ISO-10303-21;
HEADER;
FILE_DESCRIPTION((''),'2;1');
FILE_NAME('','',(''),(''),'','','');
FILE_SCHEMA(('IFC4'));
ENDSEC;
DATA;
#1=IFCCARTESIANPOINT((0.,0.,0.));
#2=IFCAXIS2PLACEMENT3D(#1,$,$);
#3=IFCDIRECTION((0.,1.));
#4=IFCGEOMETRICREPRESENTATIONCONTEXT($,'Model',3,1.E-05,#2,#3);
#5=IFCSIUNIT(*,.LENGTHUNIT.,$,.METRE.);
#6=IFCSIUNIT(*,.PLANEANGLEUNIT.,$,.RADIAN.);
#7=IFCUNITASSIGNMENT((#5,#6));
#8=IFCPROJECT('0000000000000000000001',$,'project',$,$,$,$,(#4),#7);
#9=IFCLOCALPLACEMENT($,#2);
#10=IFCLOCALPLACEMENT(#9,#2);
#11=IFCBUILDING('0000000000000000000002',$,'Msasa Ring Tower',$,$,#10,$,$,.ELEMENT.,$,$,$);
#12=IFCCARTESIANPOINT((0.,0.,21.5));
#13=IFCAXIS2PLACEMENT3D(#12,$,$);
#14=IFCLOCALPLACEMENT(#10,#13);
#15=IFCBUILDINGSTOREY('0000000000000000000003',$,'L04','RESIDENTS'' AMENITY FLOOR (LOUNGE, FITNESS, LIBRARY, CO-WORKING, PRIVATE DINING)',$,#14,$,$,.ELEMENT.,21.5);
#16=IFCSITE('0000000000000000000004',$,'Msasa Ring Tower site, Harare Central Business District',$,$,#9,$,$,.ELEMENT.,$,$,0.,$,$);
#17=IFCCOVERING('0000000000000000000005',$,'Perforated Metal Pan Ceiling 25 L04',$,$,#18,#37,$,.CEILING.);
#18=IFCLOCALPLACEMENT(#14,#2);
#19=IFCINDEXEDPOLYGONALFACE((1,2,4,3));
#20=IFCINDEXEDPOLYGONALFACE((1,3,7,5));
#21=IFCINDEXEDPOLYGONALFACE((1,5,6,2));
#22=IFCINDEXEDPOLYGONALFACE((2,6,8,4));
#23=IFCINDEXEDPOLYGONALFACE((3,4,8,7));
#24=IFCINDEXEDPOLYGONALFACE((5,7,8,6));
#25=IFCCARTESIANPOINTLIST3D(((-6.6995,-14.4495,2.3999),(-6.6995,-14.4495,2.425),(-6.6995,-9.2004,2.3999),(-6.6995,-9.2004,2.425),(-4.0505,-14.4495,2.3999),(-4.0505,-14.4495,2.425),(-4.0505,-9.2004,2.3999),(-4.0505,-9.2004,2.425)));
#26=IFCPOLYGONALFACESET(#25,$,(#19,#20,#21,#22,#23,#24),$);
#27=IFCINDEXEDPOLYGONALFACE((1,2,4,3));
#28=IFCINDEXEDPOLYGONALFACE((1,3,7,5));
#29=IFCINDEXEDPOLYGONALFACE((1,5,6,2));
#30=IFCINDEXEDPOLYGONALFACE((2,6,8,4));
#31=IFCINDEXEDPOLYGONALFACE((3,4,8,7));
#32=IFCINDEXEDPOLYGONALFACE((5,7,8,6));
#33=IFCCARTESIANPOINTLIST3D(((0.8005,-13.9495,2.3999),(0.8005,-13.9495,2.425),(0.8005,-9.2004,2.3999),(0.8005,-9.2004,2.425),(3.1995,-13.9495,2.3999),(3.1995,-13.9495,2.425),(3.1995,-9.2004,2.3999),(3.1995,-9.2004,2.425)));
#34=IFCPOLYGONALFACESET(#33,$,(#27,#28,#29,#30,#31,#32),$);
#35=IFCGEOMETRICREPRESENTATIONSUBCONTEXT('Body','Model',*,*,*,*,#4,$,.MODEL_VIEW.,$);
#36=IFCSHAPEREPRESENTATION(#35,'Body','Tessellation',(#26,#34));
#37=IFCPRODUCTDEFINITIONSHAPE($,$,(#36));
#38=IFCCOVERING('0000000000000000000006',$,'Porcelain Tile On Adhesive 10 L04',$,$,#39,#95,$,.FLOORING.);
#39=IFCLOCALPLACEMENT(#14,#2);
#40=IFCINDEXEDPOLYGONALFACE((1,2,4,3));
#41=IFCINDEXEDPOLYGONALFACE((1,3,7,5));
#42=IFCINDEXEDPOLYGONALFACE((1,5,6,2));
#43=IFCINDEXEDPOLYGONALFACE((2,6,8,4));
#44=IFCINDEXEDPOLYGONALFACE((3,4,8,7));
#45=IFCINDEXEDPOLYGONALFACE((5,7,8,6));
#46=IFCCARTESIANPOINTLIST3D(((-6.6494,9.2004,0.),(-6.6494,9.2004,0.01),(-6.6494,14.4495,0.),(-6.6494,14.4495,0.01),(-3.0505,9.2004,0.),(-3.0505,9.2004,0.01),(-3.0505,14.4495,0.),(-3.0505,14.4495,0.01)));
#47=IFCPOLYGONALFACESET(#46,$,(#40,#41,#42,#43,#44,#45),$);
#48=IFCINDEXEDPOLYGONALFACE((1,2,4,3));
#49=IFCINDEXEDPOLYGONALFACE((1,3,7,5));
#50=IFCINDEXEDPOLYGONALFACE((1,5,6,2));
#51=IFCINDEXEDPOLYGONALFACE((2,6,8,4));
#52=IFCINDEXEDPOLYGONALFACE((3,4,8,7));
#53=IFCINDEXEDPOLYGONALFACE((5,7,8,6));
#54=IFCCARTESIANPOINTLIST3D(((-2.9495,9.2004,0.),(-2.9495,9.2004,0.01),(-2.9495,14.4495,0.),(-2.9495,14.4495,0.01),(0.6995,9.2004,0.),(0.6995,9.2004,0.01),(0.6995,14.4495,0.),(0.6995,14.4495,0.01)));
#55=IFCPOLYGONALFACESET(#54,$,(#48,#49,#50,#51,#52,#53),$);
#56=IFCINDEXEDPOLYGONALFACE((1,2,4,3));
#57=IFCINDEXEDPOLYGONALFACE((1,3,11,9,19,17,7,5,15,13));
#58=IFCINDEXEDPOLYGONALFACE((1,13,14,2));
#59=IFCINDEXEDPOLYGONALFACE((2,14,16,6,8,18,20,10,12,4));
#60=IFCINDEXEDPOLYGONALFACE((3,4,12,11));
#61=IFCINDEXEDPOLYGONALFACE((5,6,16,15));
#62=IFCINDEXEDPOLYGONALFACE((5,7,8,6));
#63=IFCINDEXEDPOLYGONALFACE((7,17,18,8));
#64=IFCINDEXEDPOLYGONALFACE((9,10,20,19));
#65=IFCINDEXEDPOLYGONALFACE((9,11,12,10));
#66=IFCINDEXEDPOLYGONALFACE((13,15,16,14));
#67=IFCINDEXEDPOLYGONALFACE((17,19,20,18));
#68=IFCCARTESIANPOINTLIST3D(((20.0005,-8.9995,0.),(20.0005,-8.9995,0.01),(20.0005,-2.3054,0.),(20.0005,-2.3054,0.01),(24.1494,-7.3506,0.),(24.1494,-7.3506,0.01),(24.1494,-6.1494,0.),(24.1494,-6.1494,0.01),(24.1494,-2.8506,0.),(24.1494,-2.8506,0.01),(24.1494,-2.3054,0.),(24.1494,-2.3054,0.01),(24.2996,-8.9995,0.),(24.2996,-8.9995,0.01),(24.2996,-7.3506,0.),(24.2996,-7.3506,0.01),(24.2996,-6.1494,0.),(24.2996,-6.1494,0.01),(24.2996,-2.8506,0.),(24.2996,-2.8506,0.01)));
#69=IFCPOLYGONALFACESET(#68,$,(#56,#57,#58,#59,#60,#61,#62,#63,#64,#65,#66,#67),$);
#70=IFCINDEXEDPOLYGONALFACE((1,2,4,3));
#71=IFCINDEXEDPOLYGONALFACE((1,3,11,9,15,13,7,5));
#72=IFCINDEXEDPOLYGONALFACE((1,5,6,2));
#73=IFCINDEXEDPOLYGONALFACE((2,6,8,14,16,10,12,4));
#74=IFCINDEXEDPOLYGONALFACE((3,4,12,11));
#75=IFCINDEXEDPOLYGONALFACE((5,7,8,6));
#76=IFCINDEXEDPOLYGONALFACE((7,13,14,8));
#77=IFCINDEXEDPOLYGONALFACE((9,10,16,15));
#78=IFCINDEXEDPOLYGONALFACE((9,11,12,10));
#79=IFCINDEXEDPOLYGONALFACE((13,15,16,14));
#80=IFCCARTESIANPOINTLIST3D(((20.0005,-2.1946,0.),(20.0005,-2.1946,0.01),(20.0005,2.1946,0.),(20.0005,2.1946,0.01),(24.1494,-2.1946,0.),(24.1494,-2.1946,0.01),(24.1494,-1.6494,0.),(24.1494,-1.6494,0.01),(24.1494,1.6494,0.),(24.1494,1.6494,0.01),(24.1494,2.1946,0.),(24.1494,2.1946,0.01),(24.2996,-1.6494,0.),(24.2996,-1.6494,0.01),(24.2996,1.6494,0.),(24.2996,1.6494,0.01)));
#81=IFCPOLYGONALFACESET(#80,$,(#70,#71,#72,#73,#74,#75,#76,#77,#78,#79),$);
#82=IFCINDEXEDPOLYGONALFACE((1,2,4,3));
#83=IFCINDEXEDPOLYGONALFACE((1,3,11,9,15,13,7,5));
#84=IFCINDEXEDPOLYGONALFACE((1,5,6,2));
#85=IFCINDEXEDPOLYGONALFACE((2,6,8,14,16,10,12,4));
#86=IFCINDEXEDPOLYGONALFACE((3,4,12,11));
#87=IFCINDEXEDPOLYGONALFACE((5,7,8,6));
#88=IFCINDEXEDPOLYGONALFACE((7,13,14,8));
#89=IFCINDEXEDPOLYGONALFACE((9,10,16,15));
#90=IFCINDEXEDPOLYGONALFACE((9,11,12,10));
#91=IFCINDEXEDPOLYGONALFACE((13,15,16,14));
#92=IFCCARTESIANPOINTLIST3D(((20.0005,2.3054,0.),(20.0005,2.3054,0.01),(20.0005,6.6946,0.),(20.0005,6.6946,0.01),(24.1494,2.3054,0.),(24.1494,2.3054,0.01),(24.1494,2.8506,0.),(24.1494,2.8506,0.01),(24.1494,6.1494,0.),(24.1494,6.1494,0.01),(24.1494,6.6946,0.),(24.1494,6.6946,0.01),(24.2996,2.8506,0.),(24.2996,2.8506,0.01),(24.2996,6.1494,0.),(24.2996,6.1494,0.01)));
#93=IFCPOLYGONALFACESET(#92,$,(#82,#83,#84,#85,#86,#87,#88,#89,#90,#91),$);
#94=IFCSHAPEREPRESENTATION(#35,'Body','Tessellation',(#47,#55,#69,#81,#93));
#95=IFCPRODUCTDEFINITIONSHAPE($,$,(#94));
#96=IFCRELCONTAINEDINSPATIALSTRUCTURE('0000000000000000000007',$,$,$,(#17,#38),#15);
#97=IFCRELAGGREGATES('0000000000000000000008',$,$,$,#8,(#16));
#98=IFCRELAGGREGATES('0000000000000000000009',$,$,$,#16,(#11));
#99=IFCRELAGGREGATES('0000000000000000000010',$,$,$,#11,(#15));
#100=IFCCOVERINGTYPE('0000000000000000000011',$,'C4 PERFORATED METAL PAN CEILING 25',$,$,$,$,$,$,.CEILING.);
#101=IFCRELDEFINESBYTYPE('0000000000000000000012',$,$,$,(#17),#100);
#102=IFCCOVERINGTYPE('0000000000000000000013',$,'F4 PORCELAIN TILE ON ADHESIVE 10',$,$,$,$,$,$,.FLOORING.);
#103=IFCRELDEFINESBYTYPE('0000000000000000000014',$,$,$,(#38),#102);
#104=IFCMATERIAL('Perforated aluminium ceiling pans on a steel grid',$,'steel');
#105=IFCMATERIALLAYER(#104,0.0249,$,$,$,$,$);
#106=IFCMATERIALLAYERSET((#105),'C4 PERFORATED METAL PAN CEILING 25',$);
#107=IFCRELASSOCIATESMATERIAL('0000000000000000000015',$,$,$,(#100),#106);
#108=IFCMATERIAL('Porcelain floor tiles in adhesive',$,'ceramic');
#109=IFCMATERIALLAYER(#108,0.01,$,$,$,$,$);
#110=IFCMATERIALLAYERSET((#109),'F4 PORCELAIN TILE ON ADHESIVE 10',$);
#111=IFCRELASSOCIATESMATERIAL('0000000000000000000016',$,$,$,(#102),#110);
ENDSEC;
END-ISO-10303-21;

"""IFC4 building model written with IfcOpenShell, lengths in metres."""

from ifc_helpers import new_model, si_unit, direction, frame, origin, place, context, subcontext, project, spatial, line, indexed_curve, outline, extrude, material, layer, layer_set, type_object, element, save


model = new_model("IFC4")

# Units and contexts
model_context = context("Model", 3, precision=1e-05, world=origin(), true_north=direction((0.0, 1.0)))
body_context = subcontext(model_context, "Body", "Model", "MODEL_VIEW")
ifc_project = project(units=[si_unit("LENGTHUNIT", "METRE"), si_unit("PLANEANGLEUNIT", "RADIAN")], contexts=[model_context])

# Site, building, storey
site_placement = place(None, origin())
site = spatial("IfcSite", under=ifc_project, at=site_placement, Name="Msasa Ring Tower site, Harare Central Business District", CompositionType="ELEMENT", RefElevation=0.0)
building_placement = place(site_placement, origin())
building = spatial("IfcBuilding", under=site, at=building_placement, Name="Msasa Ring Tower", CompositionType="ELEMENT")
storey_placement = place(building_placement, frame((0.0, 0.0, 21.5)))
storey = spatial("IfcBuildingStorey", under=building, at=storey_placement, Name="L04", Description="RESIDENTS' AMENITY FLOOR (LOUNGE, FITNESS, LIBRARY, CO-WORKING, PRIVATE DINING)", CompositionType="ELEMENT", Elevation=21.5)

# Coverings
ifc_material_1 = material(Name="Perforated aluminium ceiling pans on a steel grid", Category="steel")
ifc_layer_1 = layer(ifc_material_1, 0.0249)
ifc_layer_set_1 = layer_set([ifc_layer_1], Name="C4 PERFORATED METAL PAN CEILING 25")
covering_type_1 = type_object("IfcCoveringType", Name="C4 PERFORATED METAL PAN CEILING 25", PredefinedType="CEILING", material=ifc_layer_set_1)
covering_1_placement = place(storey_placement, frame((0.0, 0.0, 2.3999)))
element("IfcCovering", 1, at=covering_1_placement, inside=storey, type_object=covering_type_1, Name="Perforated Metal Pan Ceiling 25 L04", PredefinedType="CEILING", context=body_context, shape_type="SweptSolid", body=[
    extrude(outline(indexed_curve([(-4.0505, -9.2004), (-4.0505, -14.4495), (-6.6995, -14.4495), (-6.6995, -9.2004)], segments=[line(1, 2, 3, 4, 1)], self_intersect=False)), origin(), (0.0, 0.0, 1.0), 0.0251),
    extrude(outline(indexed_curve([(3.1995, -9.2004), (3.1995, -13.9495), (0.8005, -13.9495), (0.8005, -9.2004)], segments=[line(1, 2, 3, 4, 1)], self_intersect=False)), origin(), (0.0, 0.0, 1.0), 0.0251),
])
ifc_material_2 = material(Name="Porcelain floor tiles in adhesive", Category="ceramic")
ifc_layer_2 = layer(ifc_material_2, 0.01)
ifc_layer_set_2 = layer_set([ifc_layer_2], Name="F4 PORCELAIN TILE ON ADHESIVE 10")
covering_type_2 = type_object("IfcCoveringType", Name="F4 PORCELAIN TILE ON ADHESIVE 10", PredefinedType="FLOORING", material=ifc_layer_set_2)
covering_2_placement = place(storey_placement, origin())
element("IfcCovering", 2, at=covering_2_placement, inside=storey, type_object=covering_type_2, Name="Porcelain Tile On Adhesive 10 L04", PredefinedType="FLOORING", context=body_context, shape_type="SweptSolid", body=[
    extrude(outline(indexed_curve([(-3.0505, 14.4495), (-3.0505, 9.2004), (-6.6494, 9.2004), (-6.6494, 14.4495)], segments=[line(1, 2, 3, 4, 1)], self_intersect=False)), origin(), (0.0, 0.0, 1.0), 0.01),
    extrude(outline(indexed_curve([(-2.9495, 14.4495), (0.6995, 14.4495), (0.6995, 9.2004), (-2.9495, 9.2004)], segments=[line(1, 2, 3, 4, 1)], self_intersect=False)), origin(), (0.0, 0.0, 1.0), 0.01),
    extrude(outline(indexed_curve([(24.2996, -6.1494), (24.1494, -6.1494), (24.1494, -7.3506), (24.2996, -7.3506), (24.2996, -8.9995), (20.0005, -8.9995), (20.0005, -2.3054), (24.1494, -2.3054), (24.1494, -2.8506), (24.2996, -2.8506)], segments=[line(1, 2, 3, 4, 5, 6, 7, 8, 9, 10, 1)], self_intersect=False)), origin(), (0.0, 0.0, 1.0), 0.01),
    extrude(outline(indexed_curve([(24.2996, -1.6494), (24.1494, -1.6494), (24.1494, -2.1946), (20.0005, -2.1946), (20.0005, 2.1946), (24.1494, 2.1946), (24.1494, 1.6494), (24.2996, 1.6494)], segments=[line(1, 2, 3, 4, 5, 6, 7, 8, 1)], self_intersect=False)), origin(), (0.0, 0.0, 1.0), 0.01),
    extrude(outline(indexed_curve([(24.2996, 2.8506), (24.1494, 2.8506), (24.1494, 2.3054), (20.0005, 2.3054), (20.0005, 6.6946), (24.1494, 6.6946), (24.1494, 6.1494), (24.2996, 6.1494)], segments=[line(1, 2, 3, 4, 5, 6, 7, 8, 1)], self_intersect=False)), origin(), (0.0, 0.0, 1.0), 0.01),
])

save(model, "model.ifc")
